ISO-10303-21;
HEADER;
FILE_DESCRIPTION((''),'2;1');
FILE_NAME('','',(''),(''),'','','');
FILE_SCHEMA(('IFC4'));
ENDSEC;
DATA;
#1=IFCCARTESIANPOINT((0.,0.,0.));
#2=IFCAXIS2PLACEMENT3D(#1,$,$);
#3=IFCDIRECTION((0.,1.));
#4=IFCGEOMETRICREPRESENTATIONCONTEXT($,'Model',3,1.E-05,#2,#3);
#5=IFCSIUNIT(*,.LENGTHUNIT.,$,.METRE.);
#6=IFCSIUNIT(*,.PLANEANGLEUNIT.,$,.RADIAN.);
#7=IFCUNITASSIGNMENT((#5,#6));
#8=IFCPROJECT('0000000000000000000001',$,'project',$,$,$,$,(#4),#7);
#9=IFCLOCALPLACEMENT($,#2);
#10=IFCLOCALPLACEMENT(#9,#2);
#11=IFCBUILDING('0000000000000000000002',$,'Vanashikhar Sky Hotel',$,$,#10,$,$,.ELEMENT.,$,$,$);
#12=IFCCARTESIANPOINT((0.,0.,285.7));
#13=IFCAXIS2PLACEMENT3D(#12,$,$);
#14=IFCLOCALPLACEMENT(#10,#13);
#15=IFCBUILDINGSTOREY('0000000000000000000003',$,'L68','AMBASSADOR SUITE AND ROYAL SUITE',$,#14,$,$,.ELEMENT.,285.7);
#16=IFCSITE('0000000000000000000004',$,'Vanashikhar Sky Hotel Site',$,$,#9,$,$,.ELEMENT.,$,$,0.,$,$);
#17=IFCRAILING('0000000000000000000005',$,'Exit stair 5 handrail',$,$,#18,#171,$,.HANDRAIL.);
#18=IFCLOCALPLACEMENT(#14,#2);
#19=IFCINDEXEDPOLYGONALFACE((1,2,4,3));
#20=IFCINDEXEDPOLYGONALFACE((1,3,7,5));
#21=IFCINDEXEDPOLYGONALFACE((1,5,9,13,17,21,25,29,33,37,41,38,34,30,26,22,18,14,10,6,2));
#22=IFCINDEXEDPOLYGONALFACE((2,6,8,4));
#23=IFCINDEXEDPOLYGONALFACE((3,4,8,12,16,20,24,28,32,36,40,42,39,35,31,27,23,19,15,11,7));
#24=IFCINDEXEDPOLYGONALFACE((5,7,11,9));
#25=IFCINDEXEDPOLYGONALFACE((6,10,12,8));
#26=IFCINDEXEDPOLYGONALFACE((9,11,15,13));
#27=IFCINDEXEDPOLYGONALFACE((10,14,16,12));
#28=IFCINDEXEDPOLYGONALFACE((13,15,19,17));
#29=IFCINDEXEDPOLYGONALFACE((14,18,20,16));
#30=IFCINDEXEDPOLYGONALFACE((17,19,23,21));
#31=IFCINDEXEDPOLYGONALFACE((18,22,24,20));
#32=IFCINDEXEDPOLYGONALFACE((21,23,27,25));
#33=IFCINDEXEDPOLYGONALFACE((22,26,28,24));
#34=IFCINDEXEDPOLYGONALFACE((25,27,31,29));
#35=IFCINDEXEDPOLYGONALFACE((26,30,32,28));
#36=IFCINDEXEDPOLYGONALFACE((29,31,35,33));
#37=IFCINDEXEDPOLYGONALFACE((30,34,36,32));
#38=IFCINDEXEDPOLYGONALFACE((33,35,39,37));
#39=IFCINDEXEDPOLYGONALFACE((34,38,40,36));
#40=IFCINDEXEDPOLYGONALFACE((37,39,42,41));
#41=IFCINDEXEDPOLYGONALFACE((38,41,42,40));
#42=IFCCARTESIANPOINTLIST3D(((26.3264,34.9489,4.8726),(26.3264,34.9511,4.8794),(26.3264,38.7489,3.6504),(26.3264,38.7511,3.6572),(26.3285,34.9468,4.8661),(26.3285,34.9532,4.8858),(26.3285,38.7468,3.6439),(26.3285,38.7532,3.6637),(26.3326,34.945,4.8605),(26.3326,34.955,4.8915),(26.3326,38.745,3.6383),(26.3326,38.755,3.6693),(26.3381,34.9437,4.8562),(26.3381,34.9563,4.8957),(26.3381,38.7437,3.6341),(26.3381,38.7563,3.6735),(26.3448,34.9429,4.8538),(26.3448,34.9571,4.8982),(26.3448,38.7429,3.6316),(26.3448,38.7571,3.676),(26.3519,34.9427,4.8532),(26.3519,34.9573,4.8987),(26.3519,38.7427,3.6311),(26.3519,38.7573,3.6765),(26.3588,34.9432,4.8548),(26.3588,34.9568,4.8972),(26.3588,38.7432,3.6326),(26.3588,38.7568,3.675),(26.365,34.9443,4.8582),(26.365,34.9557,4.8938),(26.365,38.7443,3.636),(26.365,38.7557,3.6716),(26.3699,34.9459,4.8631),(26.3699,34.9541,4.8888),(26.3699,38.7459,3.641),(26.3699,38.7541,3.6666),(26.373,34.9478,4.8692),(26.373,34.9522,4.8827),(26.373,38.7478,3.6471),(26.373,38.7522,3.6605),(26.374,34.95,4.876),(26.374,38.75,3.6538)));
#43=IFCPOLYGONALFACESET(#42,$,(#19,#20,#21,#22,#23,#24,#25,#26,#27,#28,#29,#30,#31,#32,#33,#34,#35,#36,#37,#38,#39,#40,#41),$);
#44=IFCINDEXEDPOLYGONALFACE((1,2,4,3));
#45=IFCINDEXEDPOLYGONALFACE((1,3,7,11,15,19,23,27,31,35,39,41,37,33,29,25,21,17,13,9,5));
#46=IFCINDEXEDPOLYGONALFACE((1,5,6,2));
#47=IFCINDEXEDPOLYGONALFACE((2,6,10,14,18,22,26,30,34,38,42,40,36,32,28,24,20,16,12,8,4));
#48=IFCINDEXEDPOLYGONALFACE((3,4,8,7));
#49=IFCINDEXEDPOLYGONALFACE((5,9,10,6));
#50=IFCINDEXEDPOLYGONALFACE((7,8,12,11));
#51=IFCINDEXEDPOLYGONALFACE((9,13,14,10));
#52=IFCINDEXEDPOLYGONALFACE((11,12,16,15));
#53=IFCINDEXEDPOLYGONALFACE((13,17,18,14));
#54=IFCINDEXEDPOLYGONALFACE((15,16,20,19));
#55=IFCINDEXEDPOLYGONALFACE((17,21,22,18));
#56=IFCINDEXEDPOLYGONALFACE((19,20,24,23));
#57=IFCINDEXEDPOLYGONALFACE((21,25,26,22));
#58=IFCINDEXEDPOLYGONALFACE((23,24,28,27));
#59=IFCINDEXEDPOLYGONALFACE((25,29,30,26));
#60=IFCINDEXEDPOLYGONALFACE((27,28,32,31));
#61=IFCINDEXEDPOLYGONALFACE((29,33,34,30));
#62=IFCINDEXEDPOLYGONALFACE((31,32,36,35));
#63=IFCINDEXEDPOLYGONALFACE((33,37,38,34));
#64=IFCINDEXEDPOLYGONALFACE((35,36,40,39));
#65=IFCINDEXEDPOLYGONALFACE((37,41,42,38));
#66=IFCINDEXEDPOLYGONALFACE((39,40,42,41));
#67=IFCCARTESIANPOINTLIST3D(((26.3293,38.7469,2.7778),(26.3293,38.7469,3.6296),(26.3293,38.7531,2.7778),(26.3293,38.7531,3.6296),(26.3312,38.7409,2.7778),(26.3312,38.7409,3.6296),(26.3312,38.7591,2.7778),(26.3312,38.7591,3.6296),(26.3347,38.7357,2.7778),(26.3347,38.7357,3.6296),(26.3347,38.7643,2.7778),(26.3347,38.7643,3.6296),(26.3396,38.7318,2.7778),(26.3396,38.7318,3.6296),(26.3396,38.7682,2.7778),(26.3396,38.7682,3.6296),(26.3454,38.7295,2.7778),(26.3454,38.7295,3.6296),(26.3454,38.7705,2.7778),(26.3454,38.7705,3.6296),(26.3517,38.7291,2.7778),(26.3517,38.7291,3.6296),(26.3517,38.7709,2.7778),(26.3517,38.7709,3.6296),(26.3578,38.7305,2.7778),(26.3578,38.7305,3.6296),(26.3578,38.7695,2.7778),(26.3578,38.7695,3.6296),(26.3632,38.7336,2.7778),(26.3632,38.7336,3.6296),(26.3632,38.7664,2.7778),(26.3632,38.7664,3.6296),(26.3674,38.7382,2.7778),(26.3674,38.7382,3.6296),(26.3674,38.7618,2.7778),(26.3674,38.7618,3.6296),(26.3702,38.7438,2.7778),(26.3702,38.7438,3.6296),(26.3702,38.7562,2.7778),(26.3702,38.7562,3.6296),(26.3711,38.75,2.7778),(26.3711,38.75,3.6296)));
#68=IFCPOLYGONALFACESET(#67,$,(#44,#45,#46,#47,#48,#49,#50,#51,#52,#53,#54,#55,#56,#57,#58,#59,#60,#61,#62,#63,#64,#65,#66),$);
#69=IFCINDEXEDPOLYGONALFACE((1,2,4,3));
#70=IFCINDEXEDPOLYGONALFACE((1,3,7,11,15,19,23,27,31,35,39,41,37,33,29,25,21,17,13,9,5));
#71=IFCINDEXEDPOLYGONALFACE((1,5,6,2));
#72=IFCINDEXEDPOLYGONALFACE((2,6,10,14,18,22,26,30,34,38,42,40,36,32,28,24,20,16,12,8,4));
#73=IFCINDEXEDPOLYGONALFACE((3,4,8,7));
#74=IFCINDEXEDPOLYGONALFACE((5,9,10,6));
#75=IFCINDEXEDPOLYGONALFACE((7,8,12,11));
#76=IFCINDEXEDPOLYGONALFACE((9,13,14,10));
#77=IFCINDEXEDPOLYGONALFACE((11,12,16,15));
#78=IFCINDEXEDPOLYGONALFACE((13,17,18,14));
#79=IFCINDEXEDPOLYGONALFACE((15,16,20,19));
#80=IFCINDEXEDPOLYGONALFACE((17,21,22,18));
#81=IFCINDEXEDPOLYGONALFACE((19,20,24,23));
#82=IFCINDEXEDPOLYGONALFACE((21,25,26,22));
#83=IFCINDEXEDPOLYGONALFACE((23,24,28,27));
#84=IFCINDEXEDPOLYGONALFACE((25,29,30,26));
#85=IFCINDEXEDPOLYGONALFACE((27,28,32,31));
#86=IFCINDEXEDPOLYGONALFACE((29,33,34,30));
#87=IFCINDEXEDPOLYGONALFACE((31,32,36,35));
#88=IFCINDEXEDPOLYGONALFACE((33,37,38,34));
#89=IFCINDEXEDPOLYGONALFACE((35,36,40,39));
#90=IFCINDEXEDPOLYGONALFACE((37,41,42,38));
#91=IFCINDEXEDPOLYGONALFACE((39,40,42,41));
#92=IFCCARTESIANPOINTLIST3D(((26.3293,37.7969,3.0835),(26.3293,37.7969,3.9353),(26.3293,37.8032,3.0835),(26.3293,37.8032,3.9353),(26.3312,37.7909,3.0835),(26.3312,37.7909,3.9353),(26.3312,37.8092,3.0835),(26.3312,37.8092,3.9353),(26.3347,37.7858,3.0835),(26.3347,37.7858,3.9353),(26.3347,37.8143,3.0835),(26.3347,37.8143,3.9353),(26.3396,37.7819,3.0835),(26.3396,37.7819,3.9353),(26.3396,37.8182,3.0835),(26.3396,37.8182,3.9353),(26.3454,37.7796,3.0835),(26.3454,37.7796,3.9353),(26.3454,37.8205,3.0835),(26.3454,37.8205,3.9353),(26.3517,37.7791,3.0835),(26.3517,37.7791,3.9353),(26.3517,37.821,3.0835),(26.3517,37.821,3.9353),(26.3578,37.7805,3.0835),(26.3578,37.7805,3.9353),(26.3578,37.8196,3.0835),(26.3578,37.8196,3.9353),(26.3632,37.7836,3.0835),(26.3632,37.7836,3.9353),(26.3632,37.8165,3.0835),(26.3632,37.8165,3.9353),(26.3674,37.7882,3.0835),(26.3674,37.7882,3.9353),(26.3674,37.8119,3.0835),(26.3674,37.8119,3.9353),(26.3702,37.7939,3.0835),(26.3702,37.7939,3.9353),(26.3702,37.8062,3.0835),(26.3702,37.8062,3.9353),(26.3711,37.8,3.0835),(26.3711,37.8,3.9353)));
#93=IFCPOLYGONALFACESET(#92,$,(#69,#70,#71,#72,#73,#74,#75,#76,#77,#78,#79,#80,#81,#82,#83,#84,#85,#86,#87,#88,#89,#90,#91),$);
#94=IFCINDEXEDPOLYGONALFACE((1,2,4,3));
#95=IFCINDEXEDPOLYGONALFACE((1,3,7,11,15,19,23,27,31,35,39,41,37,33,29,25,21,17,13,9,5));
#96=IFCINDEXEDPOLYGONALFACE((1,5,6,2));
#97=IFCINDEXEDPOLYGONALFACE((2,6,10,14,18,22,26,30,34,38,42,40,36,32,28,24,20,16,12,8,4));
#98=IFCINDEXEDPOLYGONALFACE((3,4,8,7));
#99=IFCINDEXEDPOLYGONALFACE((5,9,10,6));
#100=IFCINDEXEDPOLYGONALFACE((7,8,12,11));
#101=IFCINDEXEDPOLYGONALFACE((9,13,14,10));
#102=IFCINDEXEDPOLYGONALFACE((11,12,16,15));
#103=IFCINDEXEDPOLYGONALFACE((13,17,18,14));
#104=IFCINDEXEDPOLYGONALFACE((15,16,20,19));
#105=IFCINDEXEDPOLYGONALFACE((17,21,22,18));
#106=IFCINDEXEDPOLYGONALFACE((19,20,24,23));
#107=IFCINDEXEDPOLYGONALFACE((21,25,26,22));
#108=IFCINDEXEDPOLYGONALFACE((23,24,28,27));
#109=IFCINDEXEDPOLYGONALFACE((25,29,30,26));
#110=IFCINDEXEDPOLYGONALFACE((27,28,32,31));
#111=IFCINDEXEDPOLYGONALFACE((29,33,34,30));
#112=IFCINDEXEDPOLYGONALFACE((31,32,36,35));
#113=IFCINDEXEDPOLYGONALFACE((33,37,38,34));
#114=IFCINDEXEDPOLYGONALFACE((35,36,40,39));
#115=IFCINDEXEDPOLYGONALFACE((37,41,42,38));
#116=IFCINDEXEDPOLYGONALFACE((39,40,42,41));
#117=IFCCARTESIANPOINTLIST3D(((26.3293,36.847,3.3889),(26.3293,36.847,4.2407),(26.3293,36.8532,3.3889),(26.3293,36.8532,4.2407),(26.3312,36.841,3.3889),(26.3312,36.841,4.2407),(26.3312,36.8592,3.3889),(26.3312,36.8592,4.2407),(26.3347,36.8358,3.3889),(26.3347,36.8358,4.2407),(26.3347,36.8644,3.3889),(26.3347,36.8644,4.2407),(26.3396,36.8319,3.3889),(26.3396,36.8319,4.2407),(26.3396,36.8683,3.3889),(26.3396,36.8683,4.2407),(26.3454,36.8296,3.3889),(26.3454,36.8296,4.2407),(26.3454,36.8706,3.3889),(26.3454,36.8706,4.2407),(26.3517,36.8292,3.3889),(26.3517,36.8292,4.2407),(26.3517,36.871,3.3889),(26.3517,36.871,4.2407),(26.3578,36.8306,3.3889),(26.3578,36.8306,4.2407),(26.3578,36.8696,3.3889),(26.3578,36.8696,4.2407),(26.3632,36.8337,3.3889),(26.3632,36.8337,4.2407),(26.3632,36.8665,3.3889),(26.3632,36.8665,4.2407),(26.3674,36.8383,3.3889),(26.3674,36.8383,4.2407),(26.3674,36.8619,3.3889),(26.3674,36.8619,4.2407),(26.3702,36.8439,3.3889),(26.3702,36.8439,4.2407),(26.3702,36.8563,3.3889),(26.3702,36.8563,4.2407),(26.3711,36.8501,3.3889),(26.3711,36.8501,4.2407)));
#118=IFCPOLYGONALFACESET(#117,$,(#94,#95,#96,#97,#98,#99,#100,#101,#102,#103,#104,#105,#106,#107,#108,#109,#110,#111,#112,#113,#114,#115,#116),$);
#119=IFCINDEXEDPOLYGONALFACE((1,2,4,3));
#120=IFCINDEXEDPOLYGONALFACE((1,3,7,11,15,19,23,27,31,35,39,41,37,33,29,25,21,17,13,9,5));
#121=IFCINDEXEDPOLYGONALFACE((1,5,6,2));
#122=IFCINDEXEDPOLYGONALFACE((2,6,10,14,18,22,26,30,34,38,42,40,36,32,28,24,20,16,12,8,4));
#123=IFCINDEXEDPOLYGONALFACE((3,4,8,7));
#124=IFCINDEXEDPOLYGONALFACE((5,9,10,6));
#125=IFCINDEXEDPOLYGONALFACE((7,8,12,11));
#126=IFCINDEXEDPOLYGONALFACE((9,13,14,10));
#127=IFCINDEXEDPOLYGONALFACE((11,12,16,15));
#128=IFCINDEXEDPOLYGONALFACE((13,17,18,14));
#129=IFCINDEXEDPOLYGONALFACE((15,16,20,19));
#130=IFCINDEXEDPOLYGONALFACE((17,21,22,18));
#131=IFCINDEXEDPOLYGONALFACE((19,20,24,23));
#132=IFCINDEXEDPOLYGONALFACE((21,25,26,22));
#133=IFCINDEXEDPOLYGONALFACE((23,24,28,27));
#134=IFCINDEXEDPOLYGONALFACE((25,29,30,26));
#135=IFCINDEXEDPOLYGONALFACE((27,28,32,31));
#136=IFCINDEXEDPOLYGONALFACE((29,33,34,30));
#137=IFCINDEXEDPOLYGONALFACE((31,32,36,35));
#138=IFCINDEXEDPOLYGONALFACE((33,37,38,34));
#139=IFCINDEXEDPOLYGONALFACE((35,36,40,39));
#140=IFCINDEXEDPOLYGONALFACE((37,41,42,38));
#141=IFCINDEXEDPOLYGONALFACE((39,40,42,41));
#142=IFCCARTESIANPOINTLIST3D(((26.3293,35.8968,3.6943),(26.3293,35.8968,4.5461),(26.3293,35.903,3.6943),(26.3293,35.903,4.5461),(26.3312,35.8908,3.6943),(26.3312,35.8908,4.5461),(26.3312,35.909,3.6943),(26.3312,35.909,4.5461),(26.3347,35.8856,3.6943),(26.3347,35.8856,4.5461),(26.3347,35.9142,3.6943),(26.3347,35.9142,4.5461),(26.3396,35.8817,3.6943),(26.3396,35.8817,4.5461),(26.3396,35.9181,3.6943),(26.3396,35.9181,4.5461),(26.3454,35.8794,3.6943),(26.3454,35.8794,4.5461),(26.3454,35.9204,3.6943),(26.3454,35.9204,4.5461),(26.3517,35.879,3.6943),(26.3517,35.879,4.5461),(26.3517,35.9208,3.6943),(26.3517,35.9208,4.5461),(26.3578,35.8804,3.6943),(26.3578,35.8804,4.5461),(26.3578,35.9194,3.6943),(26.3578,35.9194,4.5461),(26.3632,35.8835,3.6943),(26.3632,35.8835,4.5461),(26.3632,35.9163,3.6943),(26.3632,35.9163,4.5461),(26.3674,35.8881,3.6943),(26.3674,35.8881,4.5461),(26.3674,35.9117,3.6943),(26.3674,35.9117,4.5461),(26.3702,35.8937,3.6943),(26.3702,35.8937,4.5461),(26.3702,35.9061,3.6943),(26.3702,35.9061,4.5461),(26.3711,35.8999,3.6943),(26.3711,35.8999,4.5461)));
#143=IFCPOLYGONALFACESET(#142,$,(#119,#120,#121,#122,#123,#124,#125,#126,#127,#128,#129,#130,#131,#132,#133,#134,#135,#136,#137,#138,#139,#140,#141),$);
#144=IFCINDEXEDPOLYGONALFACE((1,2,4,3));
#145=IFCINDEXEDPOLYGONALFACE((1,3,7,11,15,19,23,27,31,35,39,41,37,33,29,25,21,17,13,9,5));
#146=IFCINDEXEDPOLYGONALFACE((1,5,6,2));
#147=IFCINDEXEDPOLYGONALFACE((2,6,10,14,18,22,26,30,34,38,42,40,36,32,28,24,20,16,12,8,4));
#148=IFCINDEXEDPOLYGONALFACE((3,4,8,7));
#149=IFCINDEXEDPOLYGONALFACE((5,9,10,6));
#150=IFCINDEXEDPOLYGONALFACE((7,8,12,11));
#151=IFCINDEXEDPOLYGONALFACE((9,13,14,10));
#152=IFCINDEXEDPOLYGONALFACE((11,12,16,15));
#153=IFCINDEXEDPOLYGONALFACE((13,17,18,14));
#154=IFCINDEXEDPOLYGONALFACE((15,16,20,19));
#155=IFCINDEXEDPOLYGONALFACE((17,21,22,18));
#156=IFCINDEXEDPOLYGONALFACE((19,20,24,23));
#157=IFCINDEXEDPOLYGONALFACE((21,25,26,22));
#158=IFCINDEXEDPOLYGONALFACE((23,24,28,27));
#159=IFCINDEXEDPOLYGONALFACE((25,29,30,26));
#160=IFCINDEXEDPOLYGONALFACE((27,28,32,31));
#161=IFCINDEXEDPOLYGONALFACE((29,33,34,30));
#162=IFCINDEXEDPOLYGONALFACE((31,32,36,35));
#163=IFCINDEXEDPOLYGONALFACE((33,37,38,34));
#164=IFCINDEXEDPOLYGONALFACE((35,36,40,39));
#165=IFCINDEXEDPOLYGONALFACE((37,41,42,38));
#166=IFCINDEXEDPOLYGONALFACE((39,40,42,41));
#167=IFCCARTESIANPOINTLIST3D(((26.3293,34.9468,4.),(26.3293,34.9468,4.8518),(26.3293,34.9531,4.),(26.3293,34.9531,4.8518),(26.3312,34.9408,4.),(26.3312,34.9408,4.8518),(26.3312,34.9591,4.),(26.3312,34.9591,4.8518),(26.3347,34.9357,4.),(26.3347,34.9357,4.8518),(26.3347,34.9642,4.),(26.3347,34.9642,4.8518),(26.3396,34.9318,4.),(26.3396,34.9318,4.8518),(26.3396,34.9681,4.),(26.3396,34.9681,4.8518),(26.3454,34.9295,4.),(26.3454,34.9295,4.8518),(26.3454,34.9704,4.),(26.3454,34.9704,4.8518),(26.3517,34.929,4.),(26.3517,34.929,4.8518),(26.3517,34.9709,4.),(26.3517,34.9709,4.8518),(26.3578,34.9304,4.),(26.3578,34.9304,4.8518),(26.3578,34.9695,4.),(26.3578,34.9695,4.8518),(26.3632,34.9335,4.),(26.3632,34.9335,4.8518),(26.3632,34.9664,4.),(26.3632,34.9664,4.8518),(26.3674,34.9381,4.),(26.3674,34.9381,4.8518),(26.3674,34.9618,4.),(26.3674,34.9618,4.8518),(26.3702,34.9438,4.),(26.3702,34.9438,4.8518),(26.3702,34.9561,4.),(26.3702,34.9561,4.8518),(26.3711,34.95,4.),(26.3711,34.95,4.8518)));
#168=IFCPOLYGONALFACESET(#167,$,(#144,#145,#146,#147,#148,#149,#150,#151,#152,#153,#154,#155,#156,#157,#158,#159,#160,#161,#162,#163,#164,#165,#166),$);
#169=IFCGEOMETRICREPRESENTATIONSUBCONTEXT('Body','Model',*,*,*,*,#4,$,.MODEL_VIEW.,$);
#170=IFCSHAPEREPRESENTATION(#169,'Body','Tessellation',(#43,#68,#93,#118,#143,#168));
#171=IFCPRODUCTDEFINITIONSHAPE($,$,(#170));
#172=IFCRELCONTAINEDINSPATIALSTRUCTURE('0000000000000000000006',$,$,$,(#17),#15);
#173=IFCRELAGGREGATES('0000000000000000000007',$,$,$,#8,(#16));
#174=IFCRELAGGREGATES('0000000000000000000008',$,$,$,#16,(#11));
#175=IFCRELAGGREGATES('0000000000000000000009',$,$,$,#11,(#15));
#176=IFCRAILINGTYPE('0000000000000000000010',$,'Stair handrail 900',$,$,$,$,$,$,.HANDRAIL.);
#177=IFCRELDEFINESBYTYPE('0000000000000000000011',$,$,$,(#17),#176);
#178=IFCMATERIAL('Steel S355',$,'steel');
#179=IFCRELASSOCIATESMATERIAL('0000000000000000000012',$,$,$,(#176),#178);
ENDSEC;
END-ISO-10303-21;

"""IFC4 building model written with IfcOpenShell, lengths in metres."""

from ifc_helpers import new_model, si_unit, direction, frame, origin, origin_2d, place, context, subcontext, project, spatial, circle, extrude, source, transform, mapped, material, type_object, element, save


model = new_model("IFC4")

# Units and contexts
model_context = context("Model", 3, precision=1e-05, world=origin(), true_north=direction((0.0, 1.0)))
body_context = subcontext(model_context, "Body", "Model", "MODEL_VIEW")
ifc_project = project(units=[si_unit("LENGTHUNIT", "METRE"), si_unit("PLANEANGLEUNIT", "RADIAN")], contexts=[model_context])

# Site, building, storey
site_placement = place(None, origin())
site = spatial("IfcSite", under=ifc_project, at=site_placement, Name="Vanashikhar Sky Hotel Site", CompositionType="ELEMENT", RefElevation=0.0)
building_placement = place(site_placement, origin())
building = spatial("IfcBuilding", under=site, at=building_placement, Name="Vanashikhar Sky Hotel", CompositionType="ELEMENT")
storey_placement = place(building_placement, frame((0.0, 0.0, 285.7)))
storey = spatial("IfcBuildingStorey", under=building, at=storey_placement, Name="L68", Description="AMBASSADOR SUITE AND ROYAL SUITE", CompositionType="ELEMENT", Elevation=285.7)

# Railing
ifc_material_1 = material(Name="Steel S355", Category="steel")
railing_type_1 = type_object("IfcRailingType", Name="Stair handrail 900", PredefinedType="HANDRAIL", material=ifc_material_1)
shared_shape_1 = source(origin(), body_context, "Body", "SweptSolid", [
    extrude(circle(Radius=0.0239, at=origin_2d()), frame((0.0, 0.0, 0.876), z_axis=(0.0, -0.951976, 0.306173), x_axis=(1.0, 0.0, 0.0)), (0.0, 0.0, 1.0), 3.9917),
    extrude(circle(Radius=0.021, at=origin_2d()), origin(), (0.0, 0.0, 1.0), 0.8518),
    extrude(circle(Radius=0.021, at=origin_2d()), frame((0.0, -0.95, 0.3057)), (0.0, 0.0, 1.0), 0.8518),
    extrude(circle(Radius=0.021, at=origin_2d()), frame((0.0, -1.8999, 0.6111)), (0.0, 0.0, 1.0), 0.8518),
    extrude(circle(Radius=0.021, at=origin_2d()), frame((0.0, -2.8501, 0.9165)), (0.0, 0.0, 1.0), 0.8518),
    extrude(circle(Radius=0.021, at=origin_2d()), frame((0.0, -3.8, 1.2222)), (0.0, 0.0, 1.0), 0.8518),
])
railing_1_placement = place(storey_placement, frame((26.3501, 38.75, 2.7778)))
element("IfcRailing", 1, at=railing_1_placement, inside=storey, type_object=railing_type_1, Name="Exit stair 5 handrail", PredefinedType="HANDRAIL", context=body_context, shape_type="MappedRepresentation", body=[
    mapped(shared_shape_1, transform((0.0, 0.0, 0.0), scale=1.0)),
])

save(model, "model.ifc")
